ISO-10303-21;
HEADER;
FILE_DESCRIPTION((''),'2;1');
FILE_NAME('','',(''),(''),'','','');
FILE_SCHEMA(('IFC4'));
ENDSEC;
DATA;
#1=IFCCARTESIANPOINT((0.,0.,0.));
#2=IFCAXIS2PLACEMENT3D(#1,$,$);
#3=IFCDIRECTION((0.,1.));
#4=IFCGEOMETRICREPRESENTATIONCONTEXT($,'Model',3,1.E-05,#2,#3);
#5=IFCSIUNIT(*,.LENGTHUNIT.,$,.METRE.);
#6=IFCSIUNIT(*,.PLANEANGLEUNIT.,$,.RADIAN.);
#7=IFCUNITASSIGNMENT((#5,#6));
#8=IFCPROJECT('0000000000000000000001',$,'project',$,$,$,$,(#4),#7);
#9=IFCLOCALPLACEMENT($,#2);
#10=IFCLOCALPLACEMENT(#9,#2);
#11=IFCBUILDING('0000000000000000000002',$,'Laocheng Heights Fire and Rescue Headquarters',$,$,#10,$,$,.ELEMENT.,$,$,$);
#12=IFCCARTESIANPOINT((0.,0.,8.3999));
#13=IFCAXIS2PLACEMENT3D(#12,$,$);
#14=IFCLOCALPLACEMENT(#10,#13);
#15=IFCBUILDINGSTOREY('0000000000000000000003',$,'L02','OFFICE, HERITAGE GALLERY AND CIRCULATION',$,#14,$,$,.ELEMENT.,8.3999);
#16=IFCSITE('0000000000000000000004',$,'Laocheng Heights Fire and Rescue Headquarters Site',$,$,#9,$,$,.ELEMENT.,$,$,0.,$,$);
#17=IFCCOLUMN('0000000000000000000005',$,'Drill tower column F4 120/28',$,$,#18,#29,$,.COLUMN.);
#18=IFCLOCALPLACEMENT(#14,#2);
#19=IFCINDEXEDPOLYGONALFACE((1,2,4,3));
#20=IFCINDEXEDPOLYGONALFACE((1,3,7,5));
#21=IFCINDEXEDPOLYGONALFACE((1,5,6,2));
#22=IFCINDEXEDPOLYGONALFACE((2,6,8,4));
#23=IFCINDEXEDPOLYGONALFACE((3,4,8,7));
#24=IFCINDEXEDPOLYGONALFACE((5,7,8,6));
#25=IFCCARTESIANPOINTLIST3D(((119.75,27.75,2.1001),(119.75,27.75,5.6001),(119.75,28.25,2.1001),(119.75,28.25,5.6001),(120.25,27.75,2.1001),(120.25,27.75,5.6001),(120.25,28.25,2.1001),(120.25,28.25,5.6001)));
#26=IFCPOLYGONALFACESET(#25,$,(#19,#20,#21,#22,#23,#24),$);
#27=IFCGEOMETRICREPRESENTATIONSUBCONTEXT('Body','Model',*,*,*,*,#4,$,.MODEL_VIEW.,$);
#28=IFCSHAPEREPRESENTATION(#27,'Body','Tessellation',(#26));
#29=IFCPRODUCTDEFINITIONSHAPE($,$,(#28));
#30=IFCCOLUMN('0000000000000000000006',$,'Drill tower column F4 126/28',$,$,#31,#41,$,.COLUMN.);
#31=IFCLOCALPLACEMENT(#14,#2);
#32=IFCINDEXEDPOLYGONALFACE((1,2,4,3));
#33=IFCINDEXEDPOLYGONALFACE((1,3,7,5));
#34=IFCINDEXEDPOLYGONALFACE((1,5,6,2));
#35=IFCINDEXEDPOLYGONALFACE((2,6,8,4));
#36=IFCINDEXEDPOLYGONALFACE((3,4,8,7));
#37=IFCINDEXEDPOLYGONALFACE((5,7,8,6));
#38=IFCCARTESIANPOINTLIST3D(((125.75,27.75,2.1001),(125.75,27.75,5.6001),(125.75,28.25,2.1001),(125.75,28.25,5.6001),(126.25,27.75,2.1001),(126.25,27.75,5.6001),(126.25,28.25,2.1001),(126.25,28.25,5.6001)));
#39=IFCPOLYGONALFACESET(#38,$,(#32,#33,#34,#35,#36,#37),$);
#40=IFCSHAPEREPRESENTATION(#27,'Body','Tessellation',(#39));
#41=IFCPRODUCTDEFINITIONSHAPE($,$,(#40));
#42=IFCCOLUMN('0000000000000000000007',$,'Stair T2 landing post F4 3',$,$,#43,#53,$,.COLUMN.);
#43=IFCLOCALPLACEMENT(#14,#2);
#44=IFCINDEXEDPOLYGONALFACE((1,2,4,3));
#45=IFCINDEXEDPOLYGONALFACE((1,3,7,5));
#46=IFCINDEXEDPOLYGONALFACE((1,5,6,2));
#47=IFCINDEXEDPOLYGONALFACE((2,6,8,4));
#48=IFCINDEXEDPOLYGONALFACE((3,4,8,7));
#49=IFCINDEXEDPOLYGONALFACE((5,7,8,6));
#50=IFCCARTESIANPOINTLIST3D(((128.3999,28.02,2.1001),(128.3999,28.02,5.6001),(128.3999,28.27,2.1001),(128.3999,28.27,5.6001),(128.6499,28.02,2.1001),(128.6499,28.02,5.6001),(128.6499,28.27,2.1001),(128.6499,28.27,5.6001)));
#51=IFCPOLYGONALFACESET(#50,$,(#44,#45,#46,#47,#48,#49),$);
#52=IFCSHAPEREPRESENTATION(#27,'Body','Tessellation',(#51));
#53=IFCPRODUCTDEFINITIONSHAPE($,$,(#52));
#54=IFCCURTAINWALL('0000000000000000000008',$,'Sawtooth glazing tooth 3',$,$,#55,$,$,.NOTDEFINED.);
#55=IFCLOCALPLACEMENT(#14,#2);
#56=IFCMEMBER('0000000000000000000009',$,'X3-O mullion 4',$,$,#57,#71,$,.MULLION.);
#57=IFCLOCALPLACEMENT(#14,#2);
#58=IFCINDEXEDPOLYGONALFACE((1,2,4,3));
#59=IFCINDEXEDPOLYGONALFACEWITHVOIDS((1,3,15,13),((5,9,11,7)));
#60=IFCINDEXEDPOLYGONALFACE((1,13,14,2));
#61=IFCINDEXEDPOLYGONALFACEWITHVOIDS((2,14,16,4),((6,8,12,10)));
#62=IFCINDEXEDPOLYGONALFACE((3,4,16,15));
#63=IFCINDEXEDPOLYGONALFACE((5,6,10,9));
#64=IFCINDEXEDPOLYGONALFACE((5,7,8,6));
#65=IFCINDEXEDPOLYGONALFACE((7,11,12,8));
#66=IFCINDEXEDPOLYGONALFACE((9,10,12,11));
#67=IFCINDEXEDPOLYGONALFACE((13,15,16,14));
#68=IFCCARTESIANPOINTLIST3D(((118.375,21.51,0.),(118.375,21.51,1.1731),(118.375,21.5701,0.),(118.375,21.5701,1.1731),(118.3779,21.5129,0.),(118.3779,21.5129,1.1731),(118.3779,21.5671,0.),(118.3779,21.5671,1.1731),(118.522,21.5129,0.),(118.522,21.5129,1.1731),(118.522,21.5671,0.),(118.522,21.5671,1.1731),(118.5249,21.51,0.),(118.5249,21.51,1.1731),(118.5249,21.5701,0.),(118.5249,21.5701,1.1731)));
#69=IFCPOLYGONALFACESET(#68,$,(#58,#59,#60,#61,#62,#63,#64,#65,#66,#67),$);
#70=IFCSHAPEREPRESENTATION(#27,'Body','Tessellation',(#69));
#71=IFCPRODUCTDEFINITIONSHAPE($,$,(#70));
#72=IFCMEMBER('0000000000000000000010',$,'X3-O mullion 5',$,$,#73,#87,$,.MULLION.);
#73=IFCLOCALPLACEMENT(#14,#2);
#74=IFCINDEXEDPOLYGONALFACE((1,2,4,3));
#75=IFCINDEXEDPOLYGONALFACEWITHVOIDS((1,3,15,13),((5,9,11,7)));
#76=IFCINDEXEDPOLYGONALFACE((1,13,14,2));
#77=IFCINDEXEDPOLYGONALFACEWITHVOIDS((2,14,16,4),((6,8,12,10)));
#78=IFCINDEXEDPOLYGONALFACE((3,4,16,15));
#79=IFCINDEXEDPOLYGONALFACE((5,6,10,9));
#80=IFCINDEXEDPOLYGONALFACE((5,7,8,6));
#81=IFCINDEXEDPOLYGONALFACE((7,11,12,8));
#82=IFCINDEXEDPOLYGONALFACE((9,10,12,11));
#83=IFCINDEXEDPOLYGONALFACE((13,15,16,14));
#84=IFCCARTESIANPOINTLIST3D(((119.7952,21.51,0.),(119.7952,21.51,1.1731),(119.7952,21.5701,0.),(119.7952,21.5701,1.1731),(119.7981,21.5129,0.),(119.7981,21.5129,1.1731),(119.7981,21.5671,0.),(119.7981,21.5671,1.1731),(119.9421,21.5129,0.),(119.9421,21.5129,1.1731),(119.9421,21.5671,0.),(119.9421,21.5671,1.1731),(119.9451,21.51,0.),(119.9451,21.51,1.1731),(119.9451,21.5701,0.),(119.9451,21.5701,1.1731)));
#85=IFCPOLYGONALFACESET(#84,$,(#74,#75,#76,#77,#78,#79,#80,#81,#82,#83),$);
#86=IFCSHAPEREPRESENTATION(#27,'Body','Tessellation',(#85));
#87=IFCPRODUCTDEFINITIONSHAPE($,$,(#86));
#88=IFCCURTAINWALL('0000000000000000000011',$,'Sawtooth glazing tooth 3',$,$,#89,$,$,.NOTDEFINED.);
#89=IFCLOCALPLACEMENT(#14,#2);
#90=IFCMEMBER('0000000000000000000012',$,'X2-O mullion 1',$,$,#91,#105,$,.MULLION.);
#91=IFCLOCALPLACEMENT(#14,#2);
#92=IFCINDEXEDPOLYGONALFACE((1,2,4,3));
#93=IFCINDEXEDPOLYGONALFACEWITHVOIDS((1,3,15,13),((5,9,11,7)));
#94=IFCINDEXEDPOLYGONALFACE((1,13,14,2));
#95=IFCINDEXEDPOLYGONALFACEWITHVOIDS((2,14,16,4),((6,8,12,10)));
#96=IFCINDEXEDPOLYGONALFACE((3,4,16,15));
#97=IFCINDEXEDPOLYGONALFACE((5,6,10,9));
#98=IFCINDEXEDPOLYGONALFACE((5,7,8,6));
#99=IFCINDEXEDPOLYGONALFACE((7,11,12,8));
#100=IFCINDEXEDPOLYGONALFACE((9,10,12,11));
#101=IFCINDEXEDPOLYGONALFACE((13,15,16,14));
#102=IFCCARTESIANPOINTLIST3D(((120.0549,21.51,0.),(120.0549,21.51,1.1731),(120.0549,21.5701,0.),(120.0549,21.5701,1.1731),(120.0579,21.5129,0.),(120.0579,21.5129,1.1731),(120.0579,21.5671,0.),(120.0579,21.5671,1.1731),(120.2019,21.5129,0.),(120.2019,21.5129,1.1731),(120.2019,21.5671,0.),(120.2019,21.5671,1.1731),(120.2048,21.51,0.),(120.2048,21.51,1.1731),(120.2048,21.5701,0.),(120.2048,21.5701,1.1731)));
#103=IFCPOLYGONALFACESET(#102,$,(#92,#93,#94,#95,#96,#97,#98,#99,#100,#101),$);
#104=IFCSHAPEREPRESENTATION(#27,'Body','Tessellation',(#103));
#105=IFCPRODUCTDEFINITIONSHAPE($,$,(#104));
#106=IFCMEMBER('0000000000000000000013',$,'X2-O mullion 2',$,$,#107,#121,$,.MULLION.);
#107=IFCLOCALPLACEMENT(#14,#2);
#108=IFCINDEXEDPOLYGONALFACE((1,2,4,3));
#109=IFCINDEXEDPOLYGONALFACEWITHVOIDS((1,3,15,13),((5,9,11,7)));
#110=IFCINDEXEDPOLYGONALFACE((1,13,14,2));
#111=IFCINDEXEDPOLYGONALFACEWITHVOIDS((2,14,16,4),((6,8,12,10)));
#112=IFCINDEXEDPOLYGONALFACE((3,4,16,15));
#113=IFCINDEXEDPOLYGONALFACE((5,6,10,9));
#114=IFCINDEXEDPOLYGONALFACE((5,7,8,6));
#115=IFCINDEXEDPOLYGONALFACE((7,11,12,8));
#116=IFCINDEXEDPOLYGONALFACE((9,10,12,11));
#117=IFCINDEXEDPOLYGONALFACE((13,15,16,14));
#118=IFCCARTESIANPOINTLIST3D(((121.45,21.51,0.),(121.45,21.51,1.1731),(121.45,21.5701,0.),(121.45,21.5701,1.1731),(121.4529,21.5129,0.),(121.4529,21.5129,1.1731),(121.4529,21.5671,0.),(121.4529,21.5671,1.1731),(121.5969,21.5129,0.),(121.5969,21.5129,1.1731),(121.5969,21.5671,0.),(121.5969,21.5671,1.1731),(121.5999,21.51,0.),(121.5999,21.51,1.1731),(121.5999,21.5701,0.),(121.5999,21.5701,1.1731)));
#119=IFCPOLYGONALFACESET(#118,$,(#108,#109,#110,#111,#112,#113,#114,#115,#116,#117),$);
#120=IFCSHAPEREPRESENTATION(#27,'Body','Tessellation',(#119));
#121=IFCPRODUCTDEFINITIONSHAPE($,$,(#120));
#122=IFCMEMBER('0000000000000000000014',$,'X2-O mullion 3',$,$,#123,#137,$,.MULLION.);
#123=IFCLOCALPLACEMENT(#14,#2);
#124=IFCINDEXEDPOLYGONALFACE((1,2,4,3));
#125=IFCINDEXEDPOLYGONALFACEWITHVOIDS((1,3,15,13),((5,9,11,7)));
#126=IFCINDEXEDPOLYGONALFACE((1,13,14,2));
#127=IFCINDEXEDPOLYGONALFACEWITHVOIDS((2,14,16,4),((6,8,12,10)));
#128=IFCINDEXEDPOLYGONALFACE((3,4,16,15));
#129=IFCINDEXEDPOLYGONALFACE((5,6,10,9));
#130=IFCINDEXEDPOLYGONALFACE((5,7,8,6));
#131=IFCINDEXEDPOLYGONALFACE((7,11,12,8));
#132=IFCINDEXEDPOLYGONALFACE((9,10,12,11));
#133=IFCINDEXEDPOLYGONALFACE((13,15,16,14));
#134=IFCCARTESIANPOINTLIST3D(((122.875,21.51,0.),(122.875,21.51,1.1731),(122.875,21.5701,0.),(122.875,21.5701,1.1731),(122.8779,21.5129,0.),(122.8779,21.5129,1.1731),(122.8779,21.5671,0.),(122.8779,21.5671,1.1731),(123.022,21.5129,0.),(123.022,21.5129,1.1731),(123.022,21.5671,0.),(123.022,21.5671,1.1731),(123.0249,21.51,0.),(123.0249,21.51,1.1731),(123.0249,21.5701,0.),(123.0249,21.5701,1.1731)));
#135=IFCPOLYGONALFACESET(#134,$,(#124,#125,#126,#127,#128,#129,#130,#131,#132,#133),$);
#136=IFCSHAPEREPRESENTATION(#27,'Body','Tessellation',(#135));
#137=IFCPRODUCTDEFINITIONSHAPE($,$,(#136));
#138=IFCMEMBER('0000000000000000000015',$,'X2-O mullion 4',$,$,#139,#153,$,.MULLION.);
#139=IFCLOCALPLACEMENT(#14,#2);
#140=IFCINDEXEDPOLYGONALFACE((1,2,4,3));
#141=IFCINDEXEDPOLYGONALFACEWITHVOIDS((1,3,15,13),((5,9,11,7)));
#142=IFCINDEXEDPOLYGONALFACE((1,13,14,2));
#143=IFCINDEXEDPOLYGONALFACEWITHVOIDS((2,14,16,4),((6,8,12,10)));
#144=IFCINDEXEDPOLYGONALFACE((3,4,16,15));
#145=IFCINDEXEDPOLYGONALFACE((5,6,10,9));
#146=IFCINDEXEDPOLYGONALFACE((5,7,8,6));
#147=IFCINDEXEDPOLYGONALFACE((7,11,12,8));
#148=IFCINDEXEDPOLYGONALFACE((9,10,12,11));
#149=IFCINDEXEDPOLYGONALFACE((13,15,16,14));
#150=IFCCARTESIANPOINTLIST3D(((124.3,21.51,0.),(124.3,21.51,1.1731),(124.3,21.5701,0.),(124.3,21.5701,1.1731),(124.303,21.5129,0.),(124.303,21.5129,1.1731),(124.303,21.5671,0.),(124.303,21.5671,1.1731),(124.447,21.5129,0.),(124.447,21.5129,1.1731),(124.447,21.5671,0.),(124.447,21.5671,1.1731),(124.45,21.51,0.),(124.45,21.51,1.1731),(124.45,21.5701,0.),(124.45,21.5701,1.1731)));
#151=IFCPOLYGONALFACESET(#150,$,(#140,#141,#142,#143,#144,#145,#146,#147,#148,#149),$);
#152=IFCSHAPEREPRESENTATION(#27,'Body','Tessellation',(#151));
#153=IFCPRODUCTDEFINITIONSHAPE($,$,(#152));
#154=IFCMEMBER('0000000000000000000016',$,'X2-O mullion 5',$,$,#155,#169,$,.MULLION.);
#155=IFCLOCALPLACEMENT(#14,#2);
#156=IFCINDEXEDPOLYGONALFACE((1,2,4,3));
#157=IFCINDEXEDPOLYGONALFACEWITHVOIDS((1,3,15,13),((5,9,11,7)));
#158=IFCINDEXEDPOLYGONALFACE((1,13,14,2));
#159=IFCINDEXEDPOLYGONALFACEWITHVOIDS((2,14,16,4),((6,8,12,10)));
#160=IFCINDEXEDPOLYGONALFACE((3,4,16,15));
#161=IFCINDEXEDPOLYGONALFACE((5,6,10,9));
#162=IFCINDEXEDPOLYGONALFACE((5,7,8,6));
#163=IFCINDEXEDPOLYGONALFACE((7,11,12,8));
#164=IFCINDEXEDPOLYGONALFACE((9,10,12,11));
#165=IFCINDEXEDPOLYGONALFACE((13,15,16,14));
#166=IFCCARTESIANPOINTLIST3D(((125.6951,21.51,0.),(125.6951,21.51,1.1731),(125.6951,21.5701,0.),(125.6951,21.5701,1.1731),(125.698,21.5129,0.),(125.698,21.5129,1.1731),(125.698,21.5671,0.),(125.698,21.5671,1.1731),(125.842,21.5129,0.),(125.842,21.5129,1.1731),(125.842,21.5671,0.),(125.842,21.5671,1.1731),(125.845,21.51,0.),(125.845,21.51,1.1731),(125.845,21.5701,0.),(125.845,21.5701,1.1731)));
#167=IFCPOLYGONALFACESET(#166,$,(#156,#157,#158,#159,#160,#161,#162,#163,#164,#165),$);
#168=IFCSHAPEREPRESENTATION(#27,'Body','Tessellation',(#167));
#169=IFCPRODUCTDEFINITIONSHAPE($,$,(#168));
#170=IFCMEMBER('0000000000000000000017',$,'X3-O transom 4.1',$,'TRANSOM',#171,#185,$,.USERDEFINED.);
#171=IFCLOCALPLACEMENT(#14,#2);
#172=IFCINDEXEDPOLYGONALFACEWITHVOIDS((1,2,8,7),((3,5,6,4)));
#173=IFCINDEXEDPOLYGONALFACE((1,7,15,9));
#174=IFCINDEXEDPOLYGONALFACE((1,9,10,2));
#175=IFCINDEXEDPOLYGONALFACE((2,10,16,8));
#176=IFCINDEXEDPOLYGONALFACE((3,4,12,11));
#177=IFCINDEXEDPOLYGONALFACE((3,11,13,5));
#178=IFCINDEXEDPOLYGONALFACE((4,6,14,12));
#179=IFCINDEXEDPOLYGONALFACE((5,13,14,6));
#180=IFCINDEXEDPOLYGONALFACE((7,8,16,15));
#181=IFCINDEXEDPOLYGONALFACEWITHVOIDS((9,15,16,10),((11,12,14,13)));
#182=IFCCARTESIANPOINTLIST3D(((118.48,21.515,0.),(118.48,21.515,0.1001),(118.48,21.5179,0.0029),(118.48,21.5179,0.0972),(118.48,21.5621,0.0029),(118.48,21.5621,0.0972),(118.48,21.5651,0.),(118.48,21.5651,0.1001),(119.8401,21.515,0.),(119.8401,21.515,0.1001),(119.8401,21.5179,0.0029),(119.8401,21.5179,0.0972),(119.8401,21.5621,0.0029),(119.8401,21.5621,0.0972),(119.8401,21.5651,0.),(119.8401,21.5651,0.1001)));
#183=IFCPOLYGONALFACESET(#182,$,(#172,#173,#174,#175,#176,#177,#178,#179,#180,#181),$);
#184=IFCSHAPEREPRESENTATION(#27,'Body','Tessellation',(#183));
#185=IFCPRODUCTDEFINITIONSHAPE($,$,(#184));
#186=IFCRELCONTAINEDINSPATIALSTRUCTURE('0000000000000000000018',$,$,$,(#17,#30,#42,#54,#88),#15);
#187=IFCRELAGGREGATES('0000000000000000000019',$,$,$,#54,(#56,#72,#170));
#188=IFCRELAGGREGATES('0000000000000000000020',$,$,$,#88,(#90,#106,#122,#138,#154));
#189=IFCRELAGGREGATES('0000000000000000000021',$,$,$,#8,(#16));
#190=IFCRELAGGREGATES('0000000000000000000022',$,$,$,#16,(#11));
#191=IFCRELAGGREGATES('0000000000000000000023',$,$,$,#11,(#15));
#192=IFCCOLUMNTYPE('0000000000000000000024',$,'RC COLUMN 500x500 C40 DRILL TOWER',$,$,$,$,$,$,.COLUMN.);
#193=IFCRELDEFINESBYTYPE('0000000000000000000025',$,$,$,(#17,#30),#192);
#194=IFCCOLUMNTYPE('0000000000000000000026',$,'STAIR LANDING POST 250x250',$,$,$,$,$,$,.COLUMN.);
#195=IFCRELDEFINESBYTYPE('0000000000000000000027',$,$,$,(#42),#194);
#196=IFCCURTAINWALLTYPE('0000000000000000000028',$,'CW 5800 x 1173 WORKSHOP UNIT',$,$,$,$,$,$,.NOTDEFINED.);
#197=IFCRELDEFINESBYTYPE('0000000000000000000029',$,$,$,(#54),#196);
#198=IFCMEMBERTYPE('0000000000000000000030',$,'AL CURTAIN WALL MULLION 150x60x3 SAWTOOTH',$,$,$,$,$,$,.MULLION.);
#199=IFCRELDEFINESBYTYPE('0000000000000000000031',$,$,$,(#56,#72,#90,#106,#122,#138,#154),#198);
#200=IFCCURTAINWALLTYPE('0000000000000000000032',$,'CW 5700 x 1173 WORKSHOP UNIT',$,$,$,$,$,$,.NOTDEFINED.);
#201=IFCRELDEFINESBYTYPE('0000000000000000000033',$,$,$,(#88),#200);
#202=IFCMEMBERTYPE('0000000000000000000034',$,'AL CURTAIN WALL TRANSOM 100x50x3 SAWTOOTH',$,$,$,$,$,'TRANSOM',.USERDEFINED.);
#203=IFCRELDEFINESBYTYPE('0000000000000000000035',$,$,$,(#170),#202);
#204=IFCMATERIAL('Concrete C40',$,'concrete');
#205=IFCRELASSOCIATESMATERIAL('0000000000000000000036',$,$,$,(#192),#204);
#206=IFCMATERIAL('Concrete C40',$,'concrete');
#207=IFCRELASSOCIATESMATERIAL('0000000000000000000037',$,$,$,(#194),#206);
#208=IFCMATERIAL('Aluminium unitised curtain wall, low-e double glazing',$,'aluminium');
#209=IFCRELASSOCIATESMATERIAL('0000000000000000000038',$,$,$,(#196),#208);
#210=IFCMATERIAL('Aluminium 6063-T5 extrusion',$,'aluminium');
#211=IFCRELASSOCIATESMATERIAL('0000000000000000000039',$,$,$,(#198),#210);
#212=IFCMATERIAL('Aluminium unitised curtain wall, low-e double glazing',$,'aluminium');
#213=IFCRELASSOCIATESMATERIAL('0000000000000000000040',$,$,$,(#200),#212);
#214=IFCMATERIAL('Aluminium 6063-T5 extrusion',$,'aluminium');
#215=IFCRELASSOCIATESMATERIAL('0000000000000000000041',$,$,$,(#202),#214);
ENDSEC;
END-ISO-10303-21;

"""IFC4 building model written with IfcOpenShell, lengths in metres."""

from ifc_helpers import new_model, si_unit, direction, frame, origin, origin_2d, place, context, subcontext, project, spatial, rectangle, hollow_rectangle, extrude, material, material_profile, profile_set, type_object, element, aggregate, save


model = new_model("IFC4")

# Units and contexts
model_context = context("Model", 3, precision=1e-05, world=origin(), true_north=direction((0.0, 1.0)))
body_context = subcontext(model_context, "Body", "Model", "MODEL_VIEW")
ifc_project = project(units=[si_unit("LENGTHUNIT", "METRE"), si_unit("PLANEANGLEUNIT", "RADIAN")], contexts=[model_context])

# Site, building, storey
site_placement = place(None, origin())
site = spatial("IfcSite", under=ifc_project, at=site_placement, Name="Laocheng Heights Fire and Rescue Headquarters Site", CompositionType="ELEMENT", RefElevation=0.0)
building_placement = place(site_placement, origin())
building = spatial("IfcBuilding", under=site, at=building_placement, Name="Laocheng Heights Fire and Rescue Headquarters", CompositionType="ELEMENT")
storey_placement = place(building_placement, frame((0.0, 0.0, 8.3999)))
storey = spatial("IfcBuildingStorey", under=building, at=storey_placement, Name="L02", Description="OFFICE, HERITAGE GALLERY AND CIRCULATION", CompositionType="ELEMENT", Elevation=8.3999)

# Columns
ifc_material_1 = material(Name="Concrete C40", Category="concrete")
ifc_material_profile_1 = material_profile(ifc_material_1, rectangle(XDim=0.5, YDim=0.5, at=origin_2d()), Name="RC COLUMN 500x500 C40 DRILL TOWER")
ifc_profile_set_1 = profile_set([ifc_material_profile_1], Name="Concrete C40")
column_type_1 = type_object("IfcColumnType", Name="RC COLUMN 500x500 C40 DRILL TOWER", PredefinedType="COLUMN", material=ifc_profile_set_1)
for number, where, z_axis, x_axis, name in (
    (1, (120.0, 28.0, 2.1001), (0.0, 0.0, 1.0), (1.0, 0.0, 0.0), "Drill tower column F4 120/28"),
    (2, (126.0, 28.0, 2.1001), (0.0, 0.0, 1.0), (1.0, 0.0, 0.0), "Drill tower column F4 126/28"),
):
    element("IfcColumn", number, at=place(storey_placement, frame(where, z_axis=z_axis, x_axis=x_axis)), inside=storey, type_object=column_type_1, Name=name, PredefinedType="COLUMN", context=body_context, shape_type="SweptSolid", body=[
        extrude(rectangle(XDim=0.5, YDim=0.5, at=origin_2d()), origin(), (0.0, 0.0, 1.0), 3.5),
    ])
ifc_material_2 = material(Name="Concrete C40", Category="concrete")
ifc_material_profile_2 = material_profile(ifc_material_2, rectangle(XDim=0.25, YDim=0.25, at=origin_2d()), Name="STAIR LANDING POST 250x250")
ifc_profile_set_2 = profile_set([ifc_material_profile_2], Name="Concrete C40")
column_type_2 = type_object("IfcColumnType", Name="STAIR LANDING POST 250x250", PredefinedType="COLUMN", material=ifc_profile_set_2)
column_placement = place(storey_placement, frame((128.5249, 28.145, 2.1001), z_axis=(0.0, 0.0, 1.0), x_axis=(1.0, 0.0, 0.0)))
element("IfcColumn", 3, at=column_placement, inside=storey, type_object=column_type_2, Name="Stair T2 landing post F4 3", PredefinedType="COLUMN", context=body_context, shape_type="SweptSolid", body=[
    extrude(rectangle(XDim=0.25, YDim=0.25, at=origin_2d()), origin(), (0.0, 0.0, 1.0), 3.5),
])

# Curtain walls, members
ifc_material_3 = material(Name="Aluminium unitised curtain wall, low-e double glazing", Category="aluminium")
curtain_wall_type_1 = type_object("IfcCurtainWallType", Name="CW 5800 x 1173 WORKSHOP UNIT", PredefinedType="NOTDEFINED", material=ifc_material_3)
curtain_wall_1_placement = place(storey_placement, origin())
curtain_wall_1 = element("IfcCurtainWall", 4, at=curtain_wall_1_placement, inside=storey, type_object=curtain_wall_type_1, Name="Sawtooth glazing tooth 3", PredefinedType="NOTDEFINED")
ifc_material_4 = material(Name="Aluminium 6063-T5 extrusion", Category="aluminium")
ifc_material_profile_3 = material_profile(ifc_material_4, hollow_rectangle(XDim=0.0601, YDim=0.1499, WallThickness=0.0029, at=origin_2d()), Name="AL MULLION 150x60x3")
ifc_profile_set_3 = profile_set([ifc_material_profile_3], Name="Aluminium 6063-T5 extrusion")
member_type_1 = type_object("IfcMemberType", Name="AL CURTAIN WALL MULLION 150x60x3 SAWTOOTH", PredefinedType="MULLION", material=ifc_profile_set_3)
member_1_placement = place(storey_placement, frame((118.45, 21.54, 0.0), z_axis=(0.0, 0.0, 1.0), x_axis=(0.0, 1.0, 0.0)))
member_1 = element("IfcMember", 5, at=member_1_placement, type_object=member_type_1, Name="X3-O mullion 4", PredefinedType="MULLION", context=body_context, shape_type="SweptSolid", body=[
    extrude(hollow_rectangle(XDim=0.0601, YDim=0.1499, WallThickness=0.0029, at=origin_2d()), origin(), (0.0, 0.0, 1.0), 1.1731),
])
member_2_placement = place(storey_placement, frame((119.8701, 21.54, 0.0), z_axis=(0.0, 0.0, 1.0), x_axis=(0.0, 1.0, 0.0)))
member_2 = element("IfcMember", 6, at=member_2_placement, type_object=member_type_1, Name="X3-O mullion 5", PredefinedType="MULLION", context=body_context, shape_type="SweptSolid", body=[
    extrude(hollow_rectangle(XDim=0.0601, YDim=0.1499, WallThickness=0.0029, at=origin_2d()), origin(), (0.0, 0.0, 1.0), 1.1731),
])
ifc_material_5 = material(Name="Aluminium unitised curtain wall, low-e double glazing", Category="aluminium")
curtain_wall_type_2 = type_object("IfcCurtainWallType", Name="CW 5700 x 1173 WORKSHOP UNIT", PredefinedType="NOTDEFINED", material=ifc_material_5)
curtain_wall_2_placement = place(storey_placement, origin())
curtain_wall_2 = element("IfcCurtainWall", 7, at=curtain_wall_2_placement, inside=storey, type_object=curtain_wall_type_2, Name="Sawtooth glazing tooth 3", PredefinedType="NOTDEFINED")
member_3_placement = place(storey_placement, frame((120.1299, 21.54, 0.0), z_axis=(0.0, 0.0, 1.0), x_axis=(0.0, 1.0, 0.0)))
member_3 = element("IfcMember", 8, at=member_3_placement, type_object=member_type_1, Name="X2-O mullion 1", PredefinedType="MULLION", context=body_context, shape_type="SweptSolid", body=[
    extrude(hollow_rectangle(XDim=0.0601, YDim=0.1499, WallThickness=0.0029, at=origin_2d()), origin(), (0.0, 0.0, 1.0), 1.1731),
])
member_4_placement = place(storey_placement, frame((121.5249, 21.54, 0.0), z_axis=(0.0, 0.0, 1.0), x_axis=(0.0, 1.0, 0.0)))
member_4 = element("IfcMember", 9, at=member_4_placement, type_object=member_type_1, Name="X2-O mullion 2", PredefinedType="MULLION", context=body_context, shape_type="SweptSolid", body=[
    extrude(hollow_rectangle(XDim=0.0601, YDim=0.1499, WallThickness=0.0029, at=origin_2d()), origin(), (0.0, 0.0, 1.0), 1.1731),
])
member_5_placement = place(storey_placement, frame((122.95, 21.54, 0.0), z_axis=(0.0, 0.0, 1.0), x_axis=(0.0, 1.0, 0.0)))
member_5 = element("IfcMember", 10, at=member_5_placement, type_object=member_type_1, Name="X2-O mullion 3", PredefinedType="MULLION", context=body_context, shape_type="SweptSolid", body=[
    extrude(hollow_rectangle(XDim=0.0601, YDim=0.1499, WallThickness=0.0029, at=origin_2d()), origin(), (0.0, 0.0, 1.0), 1.1731),
])
member_6_placement = place(storey_placement, frame((124.375, 21.54, 0.0), z_axis=(0.0, 0.0, 1.0), x_axis=(0.0, 1.0, 0.0)))
member_6 = element("IfcMember", 11, at=member_6_placement, type_object=member_type_1, Name="X2-O mullion 4", PredefinedType="MULLION", context=body_context, shape_type="SweptSolid", body=[
    extrude(hollow_rectangle(XDim=0.0601, YDim=0.1499, WallThickness=0.0029, at=origin_2d()), origin(), (0.0, 0.0, 1.0), 1.1731),
])
member_7_placement = place(storey_placement, frame((125.77, 21.54, 0.0), z_axis=(0.0, 0.0, 1.0), x_axis=(0.0, 1.0, 0.0)))
member_7 = element("IfcMember", 12, at=member_7_placement, type_object=member_type_1, Name="X2-O mullion 5", PredefinedType="MULLION", context=body_context, shape_type="SweptSolid", body=[
    extrude(hollow_rectangle(XDim=0.0601, YDim=0.1499, WallThickness=0.0029, at=origin_2d()), origin(), (0.0, 0.0, 1.0), 1.1731),
])

# Member
ifc_material_6 = material(Name="Aluminium 6063-T5 extrusion", Category="aluminium")
ifc_material_profile_4 = material_profile(ifc_material_6, hollow_rectangle(XDim=0.05, YDim=0.1001, WallThickness=0.0029, at=origin_2d()), Name="AL TRANSOM 100x50x3")
ifc_profile_set_4 = profile_set([ifc_material_profile_4], Name="Aluminium 6063-T5 extrusion")
member_type_2 = type_object("IfcMemberType", Name="AL CURTAIN WALL TRANSOM 100x50x3 SAWTOOTH", ElementType="TRANSOM", PredefinedType="USERDEFINED", material=ifc_profile_set_4)
member_8_placement = place(storey_placement, frame((118.48, 21.54, 0.05), z_axis=(1.0, 0.0, 0.0), x_axis=(0.0, 1.0, 0.0)))
member_8 = element("IfcMember", 13, at=member_8_placement, type_object=member_type_2, Name="X3-O transom 4.1", ObjectType="TRANSOM", PredefinedType="USERDEFINED", context=body_context, shape_type="SweptSolid", body=[
    extrude(hollow_rectangle(XDim=0.05, YDim=0.1001, WallThickness=0.0029, at=origin_2d()), origin(), (0.0, 0.0, 1.0), 1.3601),
])

aggregate(curtain_wall_1, [member_1, member_2, member_8])
aggregate(curtain_wall_2, [member_3, member_4, member_5, member_6, member_7])

save(model, "model.ifc")
